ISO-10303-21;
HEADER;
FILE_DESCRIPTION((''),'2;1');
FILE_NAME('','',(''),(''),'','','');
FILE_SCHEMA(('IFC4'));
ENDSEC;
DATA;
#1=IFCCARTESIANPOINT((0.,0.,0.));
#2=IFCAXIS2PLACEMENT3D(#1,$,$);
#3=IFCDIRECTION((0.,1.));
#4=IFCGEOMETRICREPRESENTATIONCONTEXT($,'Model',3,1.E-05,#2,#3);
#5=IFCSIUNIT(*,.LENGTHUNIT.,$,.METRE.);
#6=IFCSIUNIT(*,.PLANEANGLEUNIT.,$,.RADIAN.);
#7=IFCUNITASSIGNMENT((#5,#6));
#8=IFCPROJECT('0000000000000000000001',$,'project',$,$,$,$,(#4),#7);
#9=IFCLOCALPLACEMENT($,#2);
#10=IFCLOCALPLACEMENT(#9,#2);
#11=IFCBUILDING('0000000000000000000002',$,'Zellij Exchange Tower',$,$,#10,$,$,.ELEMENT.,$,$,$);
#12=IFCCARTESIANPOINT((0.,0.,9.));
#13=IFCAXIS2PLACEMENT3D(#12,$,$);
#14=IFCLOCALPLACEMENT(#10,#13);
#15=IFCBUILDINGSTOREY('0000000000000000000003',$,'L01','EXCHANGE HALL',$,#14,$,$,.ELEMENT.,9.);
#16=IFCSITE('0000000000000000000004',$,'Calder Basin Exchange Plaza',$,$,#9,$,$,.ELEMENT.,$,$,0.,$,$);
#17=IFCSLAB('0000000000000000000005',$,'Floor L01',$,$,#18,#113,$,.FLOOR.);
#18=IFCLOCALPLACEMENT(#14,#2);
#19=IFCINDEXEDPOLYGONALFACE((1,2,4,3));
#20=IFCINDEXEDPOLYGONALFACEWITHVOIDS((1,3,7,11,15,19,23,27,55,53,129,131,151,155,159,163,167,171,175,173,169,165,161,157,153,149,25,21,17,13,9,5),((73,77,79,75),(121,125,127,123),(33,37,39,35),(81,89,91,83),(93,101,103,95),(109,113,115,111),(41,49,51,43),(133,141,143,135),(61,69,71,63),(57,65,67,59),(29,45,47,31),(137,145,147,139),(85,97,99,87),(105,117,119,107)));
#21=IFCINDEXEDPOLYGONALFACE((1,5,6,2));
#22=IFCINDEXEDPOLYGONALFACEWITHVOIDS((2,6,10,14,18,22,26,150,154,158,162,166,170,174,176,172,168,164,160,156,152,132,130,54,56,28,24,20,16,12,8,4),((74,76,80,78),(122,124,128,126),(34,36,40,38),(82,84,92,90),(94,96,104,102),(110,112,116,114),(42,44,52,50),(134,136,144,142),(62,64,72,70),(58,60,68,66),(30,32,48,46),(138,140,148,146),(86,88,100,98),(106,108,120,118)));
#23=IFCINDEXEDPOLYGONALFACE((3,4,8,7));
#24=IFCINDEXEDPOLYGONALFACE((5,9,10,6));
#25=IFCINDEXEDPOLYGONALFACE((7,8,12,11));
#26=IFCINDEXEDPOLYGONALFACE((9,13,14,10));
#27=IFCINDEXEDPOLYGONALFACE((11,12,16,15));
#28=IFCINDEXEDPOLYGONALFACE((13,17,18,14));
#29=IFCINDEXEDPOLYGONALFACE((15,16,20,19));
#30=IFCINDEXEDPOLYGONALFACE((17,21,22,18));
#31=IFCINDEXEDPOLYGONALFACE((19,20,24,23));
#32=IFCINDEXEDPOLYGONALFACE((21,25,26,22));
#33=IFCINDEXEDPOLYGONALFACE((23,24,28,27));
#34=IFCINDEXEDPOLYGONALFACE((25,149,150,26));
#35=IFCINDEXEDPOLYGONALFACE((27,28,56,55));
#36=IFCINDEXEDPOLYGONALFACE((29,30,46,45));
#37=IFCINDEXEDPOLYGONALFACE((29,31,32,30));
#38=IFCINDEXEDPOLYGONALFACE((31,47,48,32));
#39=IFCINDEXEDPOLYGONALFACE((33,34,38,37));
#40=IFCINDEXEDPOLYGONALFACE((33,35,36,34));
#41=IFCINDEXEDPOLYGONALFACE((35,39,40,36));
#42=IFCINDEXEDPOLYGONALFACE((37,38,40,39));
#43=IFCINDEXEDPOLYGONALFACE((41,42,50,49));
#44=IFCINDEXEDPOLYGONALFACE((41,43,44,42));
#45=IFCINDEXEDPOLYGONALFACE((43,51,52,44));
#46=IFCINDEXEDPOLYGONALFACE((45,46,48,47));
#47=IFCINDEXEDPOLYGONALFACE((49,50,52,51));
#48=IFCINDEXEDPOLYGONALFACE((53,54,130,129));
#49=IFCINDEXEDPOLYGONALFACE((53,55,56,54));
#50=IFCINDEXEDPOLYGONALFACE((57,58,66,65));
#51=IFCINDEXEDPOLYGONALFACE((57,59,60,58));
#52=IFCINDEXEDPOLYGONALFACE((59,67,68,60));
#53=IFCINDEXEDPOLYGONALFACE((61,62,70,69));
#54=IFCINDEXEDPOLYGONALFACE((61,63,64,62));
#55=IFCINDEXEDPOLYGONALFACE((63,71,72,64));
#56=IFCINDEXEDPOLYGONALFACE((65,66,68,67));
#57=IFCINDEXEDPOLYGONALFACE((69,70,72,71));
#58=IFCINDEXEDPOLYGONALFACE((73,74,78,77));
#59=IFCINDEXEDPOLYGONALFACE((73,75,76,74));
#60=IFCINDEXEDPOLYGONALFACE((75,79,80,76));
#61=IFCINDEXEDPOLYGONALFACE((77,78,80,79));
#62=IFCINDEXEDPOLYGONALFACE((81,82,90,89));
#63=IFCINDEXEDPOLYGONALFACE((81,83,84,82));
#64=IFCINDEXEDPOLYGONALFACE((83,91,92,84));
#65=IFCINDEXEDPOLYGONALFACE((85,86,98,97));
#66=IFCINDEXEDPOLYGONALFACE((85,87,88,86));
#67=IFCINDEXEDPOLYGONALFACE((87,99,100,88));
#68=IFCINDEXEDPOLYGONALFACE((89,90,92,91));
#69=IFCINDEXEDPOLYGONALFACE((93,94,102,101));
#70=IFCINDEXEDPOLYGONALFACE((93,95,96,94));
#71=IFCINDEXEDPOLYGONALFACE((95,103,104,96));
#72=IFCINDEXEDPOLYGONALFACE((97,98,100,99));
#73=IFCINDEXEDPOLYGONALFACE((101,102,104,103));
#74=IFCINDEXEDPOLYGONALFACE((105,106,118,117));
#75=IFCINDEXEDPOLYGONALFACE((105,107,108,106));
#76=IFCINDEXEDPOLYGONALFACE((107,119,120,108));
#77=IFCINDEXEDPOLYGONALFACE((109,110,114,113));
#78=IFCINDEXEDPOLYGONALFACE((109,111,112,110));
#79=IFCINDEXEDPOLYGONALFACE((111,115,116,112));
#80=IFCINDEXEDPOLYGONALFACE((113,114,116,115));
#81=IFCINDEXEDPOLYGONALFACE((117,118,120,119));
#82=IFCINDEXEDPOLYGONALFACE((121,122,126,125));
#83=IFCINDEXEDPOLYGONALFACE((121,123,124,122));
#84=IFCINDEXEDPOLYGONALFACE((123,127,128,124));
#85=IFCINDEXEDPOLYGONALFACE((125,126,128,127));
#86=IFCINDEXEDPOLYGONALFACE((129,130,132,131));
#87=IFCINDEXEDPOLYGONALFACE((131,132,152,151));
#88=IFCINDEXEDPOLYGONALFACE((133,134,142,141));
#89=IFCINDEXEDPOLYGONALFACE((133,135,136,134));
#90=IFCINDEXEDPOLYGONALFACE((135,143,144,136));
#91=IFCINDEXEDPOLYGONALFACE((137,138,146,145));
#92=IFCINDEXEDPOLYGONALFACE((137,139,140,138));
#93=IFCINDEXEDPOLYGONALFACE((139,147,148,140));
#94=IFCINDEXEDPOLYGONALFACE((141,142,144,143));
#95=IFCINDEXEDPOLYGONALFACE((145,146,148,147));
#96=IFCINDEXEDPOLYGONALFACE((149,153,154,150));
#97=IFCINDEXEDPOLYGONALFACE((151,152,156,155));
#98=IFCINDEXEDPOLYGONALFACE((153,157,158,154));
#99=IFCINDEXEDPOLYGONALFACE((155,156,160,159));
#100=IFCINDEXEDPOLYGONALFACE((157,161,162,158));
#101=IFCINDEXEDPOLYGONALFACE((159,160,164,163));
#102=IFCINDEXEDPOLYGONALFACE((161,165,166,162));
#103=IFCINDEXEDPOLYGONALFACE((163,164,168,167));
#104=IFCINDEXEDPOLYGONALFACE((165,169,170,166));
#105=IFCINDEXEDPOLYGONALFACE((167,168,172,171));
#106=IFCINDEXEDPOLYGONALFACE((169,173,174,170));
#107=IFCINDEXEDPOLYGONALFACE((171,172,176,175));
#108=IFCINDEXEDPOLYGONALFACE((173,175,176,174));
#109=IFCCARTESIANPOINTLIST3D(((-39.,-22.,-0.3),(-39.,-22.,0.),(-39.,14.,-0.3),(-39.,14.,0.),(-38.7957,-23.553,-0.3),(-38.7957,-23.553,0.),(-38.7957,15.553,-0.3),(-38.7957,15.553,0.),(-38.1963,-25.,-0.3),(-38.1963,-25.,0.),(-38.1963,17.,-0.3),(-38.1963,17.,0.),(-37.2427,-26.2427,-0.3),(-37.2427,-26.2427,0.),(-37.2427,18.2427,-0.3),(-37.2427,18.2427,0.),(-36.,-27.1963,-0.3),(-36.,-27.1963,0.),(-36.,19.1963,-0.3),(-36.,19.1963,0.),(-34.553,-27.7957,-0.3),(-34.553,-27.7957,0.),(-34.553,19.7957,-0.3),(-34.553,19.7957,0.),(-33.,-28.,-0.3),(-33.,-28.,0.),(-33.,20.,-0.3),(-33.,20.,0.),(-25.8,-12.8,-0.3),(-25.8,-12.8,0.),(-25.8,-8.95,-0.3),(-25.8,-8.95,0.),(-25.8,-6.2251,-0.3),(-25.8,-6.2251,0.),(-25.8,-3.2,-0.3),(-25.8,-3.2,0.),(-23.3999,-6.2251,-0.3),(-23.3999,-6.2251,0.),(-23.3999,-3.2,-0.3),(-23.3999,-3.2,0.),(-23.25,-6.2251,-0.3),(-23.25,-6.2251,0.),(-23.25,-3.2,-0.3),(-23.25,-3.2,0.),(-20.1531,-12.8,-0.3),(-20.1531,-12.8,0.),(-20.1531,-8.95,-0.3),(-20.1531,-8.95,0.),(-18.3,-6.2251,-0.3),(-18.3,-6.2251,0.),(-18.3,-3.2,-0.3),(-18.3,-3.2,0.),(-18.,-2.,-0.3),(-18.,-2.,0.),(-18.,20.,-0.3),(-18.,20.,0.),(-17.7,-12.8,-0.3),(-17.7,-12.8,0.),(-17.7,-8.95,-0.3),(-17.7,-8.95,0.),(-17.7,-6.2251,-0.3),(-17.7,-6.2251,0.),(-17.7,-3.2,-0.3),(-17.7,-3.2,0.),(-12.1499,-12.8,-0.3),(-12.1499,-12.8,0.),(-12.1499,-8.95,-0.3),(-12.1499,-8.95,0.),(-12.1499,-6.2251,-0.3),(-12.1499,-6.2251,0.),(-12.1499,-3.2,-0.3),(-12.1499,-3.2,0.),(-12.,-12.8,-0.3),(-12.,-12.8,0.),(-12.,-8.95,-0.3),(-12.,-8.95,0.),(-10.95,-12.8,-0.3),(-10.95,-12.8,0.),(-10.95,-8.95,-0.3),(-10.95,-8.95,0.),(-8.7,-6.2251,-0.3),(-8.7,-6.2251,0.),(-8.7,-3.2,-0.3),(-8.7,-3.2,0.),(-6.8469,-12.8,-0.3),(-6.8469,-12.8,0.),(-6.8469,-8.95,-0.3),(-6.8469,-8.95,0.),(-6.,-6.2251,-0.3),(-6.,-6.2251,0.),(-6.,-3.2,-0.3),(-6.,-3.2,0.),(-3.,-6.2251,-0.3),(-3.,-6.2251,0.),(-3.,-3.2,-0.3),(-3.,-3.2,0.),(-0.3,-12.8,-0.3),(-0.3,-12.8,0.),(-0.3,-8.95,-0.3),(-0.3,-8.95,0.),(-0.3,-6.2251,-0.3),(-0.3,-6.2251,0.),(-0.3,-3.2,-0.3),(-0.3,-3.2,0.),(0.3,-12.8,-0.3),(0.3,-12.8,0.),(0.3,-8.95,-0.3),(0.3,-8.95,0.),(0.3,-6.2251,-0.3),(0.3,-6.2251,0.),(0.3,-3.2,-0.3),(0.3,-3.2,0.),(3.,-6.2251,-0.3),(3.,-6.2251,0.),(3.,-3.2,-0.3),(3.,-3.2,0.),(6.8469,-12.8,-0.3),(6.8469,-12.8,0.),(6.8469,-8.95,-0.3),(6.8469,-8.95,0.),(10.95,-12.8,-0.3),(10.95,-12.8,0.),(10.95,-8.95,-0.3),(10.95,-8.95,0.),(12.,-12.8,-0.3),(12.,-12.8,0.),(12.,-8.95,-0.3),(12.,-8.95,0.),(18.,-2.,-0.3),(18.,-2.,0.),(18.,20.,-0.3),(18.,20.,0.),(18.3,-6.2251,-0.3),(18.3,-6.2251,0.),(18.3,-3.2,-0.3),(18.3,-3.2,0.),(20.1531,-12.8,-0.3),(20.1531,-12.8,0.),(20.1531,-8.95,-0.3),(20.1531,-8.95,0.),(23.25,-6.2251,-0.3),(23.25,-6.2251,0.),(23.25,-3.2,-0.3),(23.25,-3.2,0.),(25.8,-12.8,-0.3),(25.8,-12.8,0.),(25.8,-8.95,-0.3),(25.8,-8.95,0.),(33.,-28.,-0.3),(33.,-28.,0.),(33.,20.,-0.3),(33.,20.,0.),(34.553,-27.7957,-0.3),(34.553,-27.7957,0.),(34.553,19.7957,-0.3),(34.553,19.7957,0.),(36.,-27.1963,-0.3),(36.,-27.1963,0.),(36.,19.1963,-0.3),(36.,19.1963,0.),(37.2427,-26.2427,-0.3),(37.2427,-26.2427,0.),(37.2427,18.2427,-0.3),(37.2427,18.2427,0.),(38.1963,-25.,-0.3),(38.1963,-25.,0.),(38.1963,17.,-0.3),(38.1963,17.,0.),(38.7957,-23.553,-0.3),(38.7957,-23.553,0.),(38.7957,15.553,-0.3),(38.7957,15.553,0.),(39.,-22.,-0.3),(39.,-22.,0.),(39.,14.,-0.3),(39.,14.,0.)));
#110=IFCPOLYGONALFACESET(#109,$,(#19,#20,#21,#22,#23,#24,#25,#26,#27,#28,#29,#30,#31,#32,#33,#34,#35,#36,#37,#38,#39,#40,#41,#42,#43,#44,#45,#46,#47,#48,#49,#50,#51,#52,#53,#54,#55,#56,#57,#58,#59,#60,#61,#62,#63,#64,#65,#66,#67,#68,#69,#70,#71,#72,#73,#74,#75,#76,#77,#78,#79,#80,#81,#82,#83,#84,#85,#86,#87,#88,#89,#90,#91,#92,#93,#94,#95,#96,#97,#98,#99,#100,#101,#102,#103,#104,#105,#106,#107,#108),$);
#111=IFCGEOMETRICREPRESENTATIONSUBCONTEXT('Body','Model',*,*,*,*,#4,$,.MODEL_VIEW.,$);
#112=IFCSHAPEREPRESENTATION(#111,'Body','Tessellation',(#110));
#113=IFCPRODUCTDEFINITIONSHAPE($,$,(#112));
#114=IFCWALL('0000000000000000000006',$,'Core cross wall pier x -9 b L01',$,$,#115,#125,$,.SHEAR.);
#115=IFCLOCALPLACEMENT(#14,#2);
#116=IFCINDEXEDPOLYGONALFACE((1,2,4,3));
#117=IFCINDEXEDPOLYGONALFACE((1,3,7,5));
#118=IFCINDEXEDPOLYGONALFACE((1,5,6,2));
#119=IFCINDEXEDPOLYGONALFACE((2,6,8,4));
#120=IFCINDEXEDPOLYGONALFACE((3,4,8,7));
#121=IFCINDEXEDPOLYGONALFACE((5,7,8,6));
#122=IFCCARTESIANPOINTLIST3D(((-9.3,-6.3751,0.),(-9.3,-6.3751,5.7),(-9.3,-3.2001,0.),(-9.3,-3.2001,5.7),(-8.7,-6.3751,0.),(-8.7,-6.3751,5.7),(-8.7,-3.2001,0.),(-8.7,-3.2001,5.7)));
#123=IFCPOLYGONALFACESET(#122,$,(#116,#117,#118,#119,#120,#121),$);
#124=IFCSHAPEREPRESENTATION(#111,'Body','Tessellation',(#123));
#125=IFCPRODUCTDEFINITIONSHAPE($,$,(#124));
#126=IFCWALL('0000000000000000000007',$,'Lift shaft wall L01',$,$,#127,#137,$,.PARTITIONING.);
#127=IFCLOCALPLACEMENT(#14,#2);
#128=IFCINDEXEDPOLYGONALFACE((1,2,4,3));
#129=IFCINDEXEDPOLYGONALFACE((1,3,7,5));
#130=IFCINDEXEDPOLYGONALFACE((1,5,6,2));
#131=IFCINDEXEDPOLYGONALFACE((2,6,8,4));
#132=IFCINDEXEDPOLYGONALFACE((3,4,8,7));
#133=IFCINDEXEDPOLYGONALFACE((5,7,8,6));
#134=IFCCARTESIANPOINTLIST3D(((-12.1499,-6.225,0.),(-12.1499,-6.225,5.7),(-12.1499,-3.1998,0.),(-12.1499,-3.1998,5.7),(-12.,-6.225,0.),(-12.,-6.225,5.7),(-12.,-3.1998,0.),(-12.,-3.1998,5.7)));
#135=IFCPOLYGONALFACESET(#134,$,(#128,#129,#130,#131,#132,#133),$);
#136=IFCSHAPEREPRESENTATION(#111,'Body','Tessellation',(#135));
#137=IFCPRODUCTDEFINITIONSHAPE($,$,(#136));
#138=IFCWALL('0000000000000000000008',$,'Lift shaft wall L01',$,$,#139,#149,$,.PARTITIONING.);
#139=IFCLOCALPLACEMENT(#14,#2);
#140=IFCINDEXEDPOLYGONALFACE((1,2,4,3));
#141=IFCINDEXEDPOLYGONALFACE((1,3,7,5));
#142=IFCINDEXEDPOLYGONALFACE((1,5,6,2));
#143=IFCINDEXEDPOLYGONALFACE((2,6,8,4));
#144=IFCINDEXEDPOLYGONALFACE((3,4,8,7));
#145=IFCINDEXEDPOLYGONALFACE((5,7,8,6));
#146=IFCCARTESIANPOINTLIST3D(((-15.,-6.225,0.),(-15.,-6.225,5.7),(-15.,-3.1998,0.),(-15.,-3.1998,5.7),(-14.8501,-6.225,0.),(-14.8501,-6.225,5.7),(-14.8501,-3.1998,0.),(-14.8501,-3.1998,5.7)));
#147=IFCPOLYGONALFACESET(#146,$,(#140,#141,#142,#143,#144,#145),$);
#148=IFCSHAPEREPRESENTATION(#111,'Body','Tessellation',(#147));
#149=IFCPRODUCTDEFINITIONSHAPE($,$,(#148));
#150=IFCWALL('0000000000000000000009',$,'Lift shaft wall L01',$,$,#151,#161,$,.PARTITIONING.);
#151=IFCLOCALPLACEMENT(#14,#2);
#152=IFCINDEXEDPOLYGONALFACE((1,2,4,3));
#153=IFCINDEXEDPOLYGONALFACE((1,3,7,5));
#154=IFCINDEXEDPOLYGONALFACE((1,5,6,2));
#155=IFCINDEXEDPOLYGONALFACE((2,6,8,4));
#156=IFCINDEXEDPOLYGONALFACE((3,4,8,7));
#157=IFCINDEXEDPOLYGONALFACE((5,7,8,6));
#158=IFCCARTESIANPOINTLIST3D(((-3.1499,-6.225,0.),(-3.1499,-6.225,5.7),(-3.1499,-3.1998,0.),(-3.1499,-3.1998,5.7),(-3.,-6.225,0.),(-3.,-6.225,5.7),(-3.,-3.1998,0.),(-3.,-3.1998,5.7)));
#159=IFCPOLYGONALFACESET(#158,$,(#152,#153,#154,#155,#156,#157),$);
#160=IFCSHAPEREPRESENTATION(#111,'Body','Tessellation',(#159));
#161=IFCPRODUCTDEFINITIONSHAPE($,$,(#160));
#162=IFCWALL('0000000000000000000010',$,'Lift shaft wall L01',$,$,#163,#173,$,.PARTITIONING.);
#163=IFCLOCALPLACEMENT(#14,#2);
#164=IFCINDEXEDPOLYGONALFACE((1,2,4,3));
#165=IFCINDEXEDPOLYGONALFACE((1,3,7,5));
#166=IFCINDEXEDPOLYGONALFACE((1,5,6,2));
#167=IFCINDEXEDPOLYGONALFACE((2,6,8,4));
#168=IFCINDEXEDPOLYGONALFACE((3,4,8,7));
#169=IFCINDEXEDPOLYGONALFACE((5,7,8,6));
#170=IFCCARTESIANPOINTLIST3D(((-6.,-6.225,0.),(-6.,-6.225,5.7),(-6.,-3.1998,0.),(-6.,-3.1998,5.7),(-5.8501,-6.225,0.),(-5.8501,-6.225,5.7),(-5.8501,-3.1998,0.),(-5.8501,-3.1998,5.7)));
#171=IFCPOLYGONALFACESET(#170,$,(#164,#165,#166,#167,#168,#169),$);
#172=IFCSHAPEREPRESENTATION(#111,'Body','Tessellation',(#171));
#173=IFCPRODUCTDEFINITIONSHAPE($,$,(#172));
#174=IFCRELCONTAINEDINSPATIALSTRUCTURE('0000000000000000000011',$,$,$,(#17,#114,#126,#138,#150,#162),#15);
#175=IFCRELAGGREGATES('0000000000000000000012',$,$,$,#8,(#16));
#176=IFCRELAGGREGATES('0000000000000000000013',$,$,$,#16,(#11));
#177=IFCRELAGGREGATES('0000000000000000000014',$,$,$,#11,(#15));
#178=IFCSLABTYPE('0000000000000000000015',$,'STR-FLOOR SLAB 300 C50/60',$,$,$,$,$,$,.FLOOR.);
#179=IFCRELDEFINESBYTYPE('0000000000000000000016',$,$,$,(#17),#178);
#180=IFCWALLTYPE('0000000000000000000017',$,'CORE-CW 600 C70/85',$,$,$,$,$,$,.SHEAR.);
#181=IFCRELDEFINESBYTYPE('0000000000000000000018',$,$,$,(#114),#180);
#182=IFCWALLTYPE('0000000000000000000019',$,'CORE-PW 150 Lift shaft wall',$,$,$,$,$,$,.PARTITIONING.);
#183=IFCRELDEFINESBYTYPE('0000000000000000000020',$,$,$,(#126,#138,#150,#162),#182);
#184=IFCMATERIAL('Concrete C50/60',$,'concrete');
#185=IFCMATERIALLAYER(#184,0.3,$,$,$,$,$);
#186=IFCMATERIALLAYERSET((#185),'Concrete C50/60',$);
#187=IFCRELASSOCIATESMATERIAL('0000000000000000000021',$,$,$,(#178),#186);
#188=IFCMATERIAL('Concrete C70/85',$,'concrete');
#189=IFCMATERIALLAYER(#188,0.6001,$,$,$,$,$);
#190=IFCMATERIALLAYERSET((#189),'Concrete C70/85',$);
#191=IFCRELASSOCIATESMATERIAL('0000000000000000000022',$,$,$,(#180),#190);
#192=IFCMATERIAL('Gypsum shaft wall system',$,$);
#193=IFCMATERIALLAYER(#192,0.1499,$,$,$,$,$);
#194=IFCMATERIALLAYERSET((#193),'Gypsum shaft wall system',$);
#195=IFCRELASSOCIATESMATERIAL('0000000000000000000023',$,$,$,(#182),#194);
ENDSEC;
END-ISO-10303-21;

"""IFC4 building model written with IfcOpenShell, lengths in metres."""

from ifc_helpers import new_model, si_unit, direction, frame, frame_2d, origin, place, context, subcontext, project, spatial, polyline, rectangle, outline, extrude, material, layer, layer_set, type_object, element, save


model = new_model("IFC4")

# Units and contexts
model_context = context("Model", 3, precision=1e-05, world=origin(), true_north=direction((0.0, 1.0)))
body_context = subcontext(model_context, "Body", "Model", "MODEL_VIEW")
ifc_project = project(units=[si_unit("LENGTHUNIT", "METRE"), si_unit("PLANEANGLEUNIT", "RADIAN")], contexts=[model_context])

# Site, building, storey
site_placement = place(None, origin())
site = spatial("IfcSite", under=ifc_project, at=site_placement, Name="Calder Basin Exchange Plaza", CompositionType="ELEMENT", RefElevation=0.0)
building_placement = place(site_placement, origin())
building = spatial("IfcBuilding", under=site, at=building_placement, Name="Zellij Exchange Tower", CompositionType="ELEMENT")
storey_placement = place(building_placement, frame((0.0, 0.0, 9.0)))
storey = spatial("IfcBuildingStorey", under=building, at=storey_placement, Name="L01", Description="EXCHANGE HALL", CompositionType="ELEMENT", Elevation=9.0)

# Shared definitions
ifc_material_1 = material(Name="Concrete C70/85", Category="concrete")

# Slab
ifc_material_2 = material(Name="Concrete C50/60", Category="concrete")
ifc_layer_1 = layer(ifc_material_2, 0.3)
ifc_layer_set_1 = layer_set([ifc_layer_1], Name="Concrete C50/60")
slab_type = type_object("IfcSlabType", Name="STR-FLOOR SLAB 300 C50/60", PredefinedType="FLOOR", material=ifc_layer_set_1)
slab_placement = place(storey_placement, frame((0.0, 0.0, -0.3)))
element("IfcSlab", 1, at=slab_placement, inside=storey, type_object=slab_type, Name="Floor L01", PredefinedType="FLOOR", context=body_context, shape_type="SweptSolid", body=[
    extrude(outline(polyline([(33.0, 20.0), (34.553, 19.7957), (36.0, 19.1963), (37.2427, 18.2427), (38.1963, 17.0), (38.7957, 15.553), (39.0, 14.0), (39.0, -22.0), (38.7957, -23.553), (38.1963, -25.0), (37.2427, -26.2427), (36.0, -27.1963), (34.553, -27.7957), (33.0, -28.0), (-33.0, -28.0), (-34.553, -27.7957), (-36.0, -27.1963), (-37.2427, -26.2427), (-38.1963, -25.0), (-38.7957, -23.553), (-39.0, -22.0), (-39.0, 14.0), (-38.7957, 15.553), (-38.1963, 17.0), (-37.2427, 18.2427), (-36.0, 19.1963), (-34.553, 19.7957), (-33.0, 20.0), (-18.0, 20.0), (-18.0, -2.0), (18.0, -2.0), (18.0, 20.0), (33.0, 20.0)]), holes=[polyline([(-25.8, -8.95), (-25.8, -12.8), (-20.1531, -12.8), (-20.1531, -8.95), (-25.8, -8.95)]), polyline([(-12.1499, -8.95), (-17.7, -8.95), (-17.7, -12.8), (-12.1499, -12.8), (-12.1499, -8.95)]), polyline([(-10.95, -8.95), (-12.0, -8.95), (-12.0, -12.8), (-10.95, -12.8), (-10.95, -8.95)]), polyline([(-0.3, -8.95), (-6.8469, -8.95), (-6.8469, -12.8), (-0.3, -12.8), (-0.3, -8.95)]), polyline([(-23.3999, -3.2), (-25.8, -3.2), (-25.8, -6.2251), (-23.3999, -6.2251), (-23.3999, -3.2)]), polyline([(-18.3, -3.2), (-23.25, -3.2), (-23.25, -6.2251), (-18.3, -6.2251), (-18.3, -3.2)]), polyline([(-12.1499, -3.2), (-17.7, -3.2), (-17.7, -6.2251), (-12.1499, -6.2251), (-12.1499, -3.2)]), polyline([(-6.0, -3.2), (-8.7, -3.2), (-8.7, -6.2251), (-6.0, -6.2251), (-6.0, -3.2)]), polyline([(6.8469, -8.95), (0.3, -8.95), (0.3, -12.8), (6.8469, -12.8), (6.8469, -8.95)]), polyline([(12.0, -8.95), (10.95, -8.95), (10.95, -12.8), (12.0, -12.8), (12.0, -8.95)]), polyline([(25.8, -8.95), (20.1531, -8.95), (20.1531, -12.8), (25.8, -12.8), (25.8, -8.95)]), polyline([(-0.3, -3.2), (-3.0, -3.2), (-3.0, -6.2251), (-0.3, -6.2251), (-0.3, -3.2)]), polyline([(3.0, -3.2), (0.3, -3.2), (0.3, -6.2251), (3.0, -6.2251), (3.0, -3.2)]), polyline([(23.25, -3.2), (18.3, -3.2), (18.3, -6.2251), (23.25, -6.2251), (23.25, -3.2)])]), origin(), (0.0, 0.0, 1.0), 0.3),
])

# Walls
ifc_layer_2 = layer(ifc_material_1, 0.6001)
ifc_layer_set_2 = layer_set([ifc_layer_2], Name="Concrete C70/85")
wall_type_1 = type_object("IfcWallType", Name="CORE-CW 600 C70/85", PredefinedType="SHEAR", material=ifc_layer_set_2)
wall_1_placement = place(storey_placement, frame((-9.0, -6.375, 0.0), z_axis=(0.0, 0.0, 1.0), x_axis=(0.0, 1.0, 0.0)))
element("IfcWall", 2, at=wall_1_placement, inside=storey, type_object=wall_type_1, Name="Core cross wall pier x -9 b L01", PredefinedType="SHEAR", context=body_context, shape_type="SweptSolid", body=[
    extrude(rectangle(XDim=3.175, YDim=0.6001, at=frame_2d((1.5874, 0.0))), origin(), (0.0, 0.0, 1.0), 5.7),
])
ifc_material_3 = material(Name="Gypsum shaft wall system")
ifc_layer_3 = layer(ifc_material_3, 0.1499)
ifc_layer_set_3 = layer_set([ifc_layer_3], Name="Gypsum shaft wall system")
wall_type_2 = type_object("IfcWallType", Name="CORE-PW 150 Lift shaft wall", PredefinedType="PARTITIONING", material=ifc_layer_set_3)
for number, where, z_axis, x_axis, name in (
    (3, (-12.075, -6.2251, 0.0), (0.0, 0.0, 1.0), (0.0, 1.0, 0.0), "Lift shaft wall L01"),
    (4, (-14.925, -6.2251, 0.0), (0.0, 0.0, 1.0), (0.0, 1.0, 0.0), "Lift shaft wall L01"),
    (5, (-3.075, -6.2251, 0.0), (0.0, 0.0, 1.0), (0.0, 1.0, 0.0), "Lift shaft wall L01"),
    (6, (-5.925, -6.2251, 0.0), (0.0, 0.0, 1.0), (0.0, 1.0, 0.0), "Lift shaft wall L01"),
):
    element("IfcWall", number, at=place(storey_placement, frame(where, z_axis=z_axis, x_axis=x_axis)), inside=storey, type_object=wall_type_2, Name=name, PredefinedType="PARTITIONING", context=body_context, shape_type="SweptSolid", body=[
        extrude(rectangle(XDim=3.0251, YDim=0.1499, at=frame_2d((1.5127, 0.0))), origin(), (0.0, 0.0, 1.0), 5.7),
    ])

save(model, "model.ifc")
